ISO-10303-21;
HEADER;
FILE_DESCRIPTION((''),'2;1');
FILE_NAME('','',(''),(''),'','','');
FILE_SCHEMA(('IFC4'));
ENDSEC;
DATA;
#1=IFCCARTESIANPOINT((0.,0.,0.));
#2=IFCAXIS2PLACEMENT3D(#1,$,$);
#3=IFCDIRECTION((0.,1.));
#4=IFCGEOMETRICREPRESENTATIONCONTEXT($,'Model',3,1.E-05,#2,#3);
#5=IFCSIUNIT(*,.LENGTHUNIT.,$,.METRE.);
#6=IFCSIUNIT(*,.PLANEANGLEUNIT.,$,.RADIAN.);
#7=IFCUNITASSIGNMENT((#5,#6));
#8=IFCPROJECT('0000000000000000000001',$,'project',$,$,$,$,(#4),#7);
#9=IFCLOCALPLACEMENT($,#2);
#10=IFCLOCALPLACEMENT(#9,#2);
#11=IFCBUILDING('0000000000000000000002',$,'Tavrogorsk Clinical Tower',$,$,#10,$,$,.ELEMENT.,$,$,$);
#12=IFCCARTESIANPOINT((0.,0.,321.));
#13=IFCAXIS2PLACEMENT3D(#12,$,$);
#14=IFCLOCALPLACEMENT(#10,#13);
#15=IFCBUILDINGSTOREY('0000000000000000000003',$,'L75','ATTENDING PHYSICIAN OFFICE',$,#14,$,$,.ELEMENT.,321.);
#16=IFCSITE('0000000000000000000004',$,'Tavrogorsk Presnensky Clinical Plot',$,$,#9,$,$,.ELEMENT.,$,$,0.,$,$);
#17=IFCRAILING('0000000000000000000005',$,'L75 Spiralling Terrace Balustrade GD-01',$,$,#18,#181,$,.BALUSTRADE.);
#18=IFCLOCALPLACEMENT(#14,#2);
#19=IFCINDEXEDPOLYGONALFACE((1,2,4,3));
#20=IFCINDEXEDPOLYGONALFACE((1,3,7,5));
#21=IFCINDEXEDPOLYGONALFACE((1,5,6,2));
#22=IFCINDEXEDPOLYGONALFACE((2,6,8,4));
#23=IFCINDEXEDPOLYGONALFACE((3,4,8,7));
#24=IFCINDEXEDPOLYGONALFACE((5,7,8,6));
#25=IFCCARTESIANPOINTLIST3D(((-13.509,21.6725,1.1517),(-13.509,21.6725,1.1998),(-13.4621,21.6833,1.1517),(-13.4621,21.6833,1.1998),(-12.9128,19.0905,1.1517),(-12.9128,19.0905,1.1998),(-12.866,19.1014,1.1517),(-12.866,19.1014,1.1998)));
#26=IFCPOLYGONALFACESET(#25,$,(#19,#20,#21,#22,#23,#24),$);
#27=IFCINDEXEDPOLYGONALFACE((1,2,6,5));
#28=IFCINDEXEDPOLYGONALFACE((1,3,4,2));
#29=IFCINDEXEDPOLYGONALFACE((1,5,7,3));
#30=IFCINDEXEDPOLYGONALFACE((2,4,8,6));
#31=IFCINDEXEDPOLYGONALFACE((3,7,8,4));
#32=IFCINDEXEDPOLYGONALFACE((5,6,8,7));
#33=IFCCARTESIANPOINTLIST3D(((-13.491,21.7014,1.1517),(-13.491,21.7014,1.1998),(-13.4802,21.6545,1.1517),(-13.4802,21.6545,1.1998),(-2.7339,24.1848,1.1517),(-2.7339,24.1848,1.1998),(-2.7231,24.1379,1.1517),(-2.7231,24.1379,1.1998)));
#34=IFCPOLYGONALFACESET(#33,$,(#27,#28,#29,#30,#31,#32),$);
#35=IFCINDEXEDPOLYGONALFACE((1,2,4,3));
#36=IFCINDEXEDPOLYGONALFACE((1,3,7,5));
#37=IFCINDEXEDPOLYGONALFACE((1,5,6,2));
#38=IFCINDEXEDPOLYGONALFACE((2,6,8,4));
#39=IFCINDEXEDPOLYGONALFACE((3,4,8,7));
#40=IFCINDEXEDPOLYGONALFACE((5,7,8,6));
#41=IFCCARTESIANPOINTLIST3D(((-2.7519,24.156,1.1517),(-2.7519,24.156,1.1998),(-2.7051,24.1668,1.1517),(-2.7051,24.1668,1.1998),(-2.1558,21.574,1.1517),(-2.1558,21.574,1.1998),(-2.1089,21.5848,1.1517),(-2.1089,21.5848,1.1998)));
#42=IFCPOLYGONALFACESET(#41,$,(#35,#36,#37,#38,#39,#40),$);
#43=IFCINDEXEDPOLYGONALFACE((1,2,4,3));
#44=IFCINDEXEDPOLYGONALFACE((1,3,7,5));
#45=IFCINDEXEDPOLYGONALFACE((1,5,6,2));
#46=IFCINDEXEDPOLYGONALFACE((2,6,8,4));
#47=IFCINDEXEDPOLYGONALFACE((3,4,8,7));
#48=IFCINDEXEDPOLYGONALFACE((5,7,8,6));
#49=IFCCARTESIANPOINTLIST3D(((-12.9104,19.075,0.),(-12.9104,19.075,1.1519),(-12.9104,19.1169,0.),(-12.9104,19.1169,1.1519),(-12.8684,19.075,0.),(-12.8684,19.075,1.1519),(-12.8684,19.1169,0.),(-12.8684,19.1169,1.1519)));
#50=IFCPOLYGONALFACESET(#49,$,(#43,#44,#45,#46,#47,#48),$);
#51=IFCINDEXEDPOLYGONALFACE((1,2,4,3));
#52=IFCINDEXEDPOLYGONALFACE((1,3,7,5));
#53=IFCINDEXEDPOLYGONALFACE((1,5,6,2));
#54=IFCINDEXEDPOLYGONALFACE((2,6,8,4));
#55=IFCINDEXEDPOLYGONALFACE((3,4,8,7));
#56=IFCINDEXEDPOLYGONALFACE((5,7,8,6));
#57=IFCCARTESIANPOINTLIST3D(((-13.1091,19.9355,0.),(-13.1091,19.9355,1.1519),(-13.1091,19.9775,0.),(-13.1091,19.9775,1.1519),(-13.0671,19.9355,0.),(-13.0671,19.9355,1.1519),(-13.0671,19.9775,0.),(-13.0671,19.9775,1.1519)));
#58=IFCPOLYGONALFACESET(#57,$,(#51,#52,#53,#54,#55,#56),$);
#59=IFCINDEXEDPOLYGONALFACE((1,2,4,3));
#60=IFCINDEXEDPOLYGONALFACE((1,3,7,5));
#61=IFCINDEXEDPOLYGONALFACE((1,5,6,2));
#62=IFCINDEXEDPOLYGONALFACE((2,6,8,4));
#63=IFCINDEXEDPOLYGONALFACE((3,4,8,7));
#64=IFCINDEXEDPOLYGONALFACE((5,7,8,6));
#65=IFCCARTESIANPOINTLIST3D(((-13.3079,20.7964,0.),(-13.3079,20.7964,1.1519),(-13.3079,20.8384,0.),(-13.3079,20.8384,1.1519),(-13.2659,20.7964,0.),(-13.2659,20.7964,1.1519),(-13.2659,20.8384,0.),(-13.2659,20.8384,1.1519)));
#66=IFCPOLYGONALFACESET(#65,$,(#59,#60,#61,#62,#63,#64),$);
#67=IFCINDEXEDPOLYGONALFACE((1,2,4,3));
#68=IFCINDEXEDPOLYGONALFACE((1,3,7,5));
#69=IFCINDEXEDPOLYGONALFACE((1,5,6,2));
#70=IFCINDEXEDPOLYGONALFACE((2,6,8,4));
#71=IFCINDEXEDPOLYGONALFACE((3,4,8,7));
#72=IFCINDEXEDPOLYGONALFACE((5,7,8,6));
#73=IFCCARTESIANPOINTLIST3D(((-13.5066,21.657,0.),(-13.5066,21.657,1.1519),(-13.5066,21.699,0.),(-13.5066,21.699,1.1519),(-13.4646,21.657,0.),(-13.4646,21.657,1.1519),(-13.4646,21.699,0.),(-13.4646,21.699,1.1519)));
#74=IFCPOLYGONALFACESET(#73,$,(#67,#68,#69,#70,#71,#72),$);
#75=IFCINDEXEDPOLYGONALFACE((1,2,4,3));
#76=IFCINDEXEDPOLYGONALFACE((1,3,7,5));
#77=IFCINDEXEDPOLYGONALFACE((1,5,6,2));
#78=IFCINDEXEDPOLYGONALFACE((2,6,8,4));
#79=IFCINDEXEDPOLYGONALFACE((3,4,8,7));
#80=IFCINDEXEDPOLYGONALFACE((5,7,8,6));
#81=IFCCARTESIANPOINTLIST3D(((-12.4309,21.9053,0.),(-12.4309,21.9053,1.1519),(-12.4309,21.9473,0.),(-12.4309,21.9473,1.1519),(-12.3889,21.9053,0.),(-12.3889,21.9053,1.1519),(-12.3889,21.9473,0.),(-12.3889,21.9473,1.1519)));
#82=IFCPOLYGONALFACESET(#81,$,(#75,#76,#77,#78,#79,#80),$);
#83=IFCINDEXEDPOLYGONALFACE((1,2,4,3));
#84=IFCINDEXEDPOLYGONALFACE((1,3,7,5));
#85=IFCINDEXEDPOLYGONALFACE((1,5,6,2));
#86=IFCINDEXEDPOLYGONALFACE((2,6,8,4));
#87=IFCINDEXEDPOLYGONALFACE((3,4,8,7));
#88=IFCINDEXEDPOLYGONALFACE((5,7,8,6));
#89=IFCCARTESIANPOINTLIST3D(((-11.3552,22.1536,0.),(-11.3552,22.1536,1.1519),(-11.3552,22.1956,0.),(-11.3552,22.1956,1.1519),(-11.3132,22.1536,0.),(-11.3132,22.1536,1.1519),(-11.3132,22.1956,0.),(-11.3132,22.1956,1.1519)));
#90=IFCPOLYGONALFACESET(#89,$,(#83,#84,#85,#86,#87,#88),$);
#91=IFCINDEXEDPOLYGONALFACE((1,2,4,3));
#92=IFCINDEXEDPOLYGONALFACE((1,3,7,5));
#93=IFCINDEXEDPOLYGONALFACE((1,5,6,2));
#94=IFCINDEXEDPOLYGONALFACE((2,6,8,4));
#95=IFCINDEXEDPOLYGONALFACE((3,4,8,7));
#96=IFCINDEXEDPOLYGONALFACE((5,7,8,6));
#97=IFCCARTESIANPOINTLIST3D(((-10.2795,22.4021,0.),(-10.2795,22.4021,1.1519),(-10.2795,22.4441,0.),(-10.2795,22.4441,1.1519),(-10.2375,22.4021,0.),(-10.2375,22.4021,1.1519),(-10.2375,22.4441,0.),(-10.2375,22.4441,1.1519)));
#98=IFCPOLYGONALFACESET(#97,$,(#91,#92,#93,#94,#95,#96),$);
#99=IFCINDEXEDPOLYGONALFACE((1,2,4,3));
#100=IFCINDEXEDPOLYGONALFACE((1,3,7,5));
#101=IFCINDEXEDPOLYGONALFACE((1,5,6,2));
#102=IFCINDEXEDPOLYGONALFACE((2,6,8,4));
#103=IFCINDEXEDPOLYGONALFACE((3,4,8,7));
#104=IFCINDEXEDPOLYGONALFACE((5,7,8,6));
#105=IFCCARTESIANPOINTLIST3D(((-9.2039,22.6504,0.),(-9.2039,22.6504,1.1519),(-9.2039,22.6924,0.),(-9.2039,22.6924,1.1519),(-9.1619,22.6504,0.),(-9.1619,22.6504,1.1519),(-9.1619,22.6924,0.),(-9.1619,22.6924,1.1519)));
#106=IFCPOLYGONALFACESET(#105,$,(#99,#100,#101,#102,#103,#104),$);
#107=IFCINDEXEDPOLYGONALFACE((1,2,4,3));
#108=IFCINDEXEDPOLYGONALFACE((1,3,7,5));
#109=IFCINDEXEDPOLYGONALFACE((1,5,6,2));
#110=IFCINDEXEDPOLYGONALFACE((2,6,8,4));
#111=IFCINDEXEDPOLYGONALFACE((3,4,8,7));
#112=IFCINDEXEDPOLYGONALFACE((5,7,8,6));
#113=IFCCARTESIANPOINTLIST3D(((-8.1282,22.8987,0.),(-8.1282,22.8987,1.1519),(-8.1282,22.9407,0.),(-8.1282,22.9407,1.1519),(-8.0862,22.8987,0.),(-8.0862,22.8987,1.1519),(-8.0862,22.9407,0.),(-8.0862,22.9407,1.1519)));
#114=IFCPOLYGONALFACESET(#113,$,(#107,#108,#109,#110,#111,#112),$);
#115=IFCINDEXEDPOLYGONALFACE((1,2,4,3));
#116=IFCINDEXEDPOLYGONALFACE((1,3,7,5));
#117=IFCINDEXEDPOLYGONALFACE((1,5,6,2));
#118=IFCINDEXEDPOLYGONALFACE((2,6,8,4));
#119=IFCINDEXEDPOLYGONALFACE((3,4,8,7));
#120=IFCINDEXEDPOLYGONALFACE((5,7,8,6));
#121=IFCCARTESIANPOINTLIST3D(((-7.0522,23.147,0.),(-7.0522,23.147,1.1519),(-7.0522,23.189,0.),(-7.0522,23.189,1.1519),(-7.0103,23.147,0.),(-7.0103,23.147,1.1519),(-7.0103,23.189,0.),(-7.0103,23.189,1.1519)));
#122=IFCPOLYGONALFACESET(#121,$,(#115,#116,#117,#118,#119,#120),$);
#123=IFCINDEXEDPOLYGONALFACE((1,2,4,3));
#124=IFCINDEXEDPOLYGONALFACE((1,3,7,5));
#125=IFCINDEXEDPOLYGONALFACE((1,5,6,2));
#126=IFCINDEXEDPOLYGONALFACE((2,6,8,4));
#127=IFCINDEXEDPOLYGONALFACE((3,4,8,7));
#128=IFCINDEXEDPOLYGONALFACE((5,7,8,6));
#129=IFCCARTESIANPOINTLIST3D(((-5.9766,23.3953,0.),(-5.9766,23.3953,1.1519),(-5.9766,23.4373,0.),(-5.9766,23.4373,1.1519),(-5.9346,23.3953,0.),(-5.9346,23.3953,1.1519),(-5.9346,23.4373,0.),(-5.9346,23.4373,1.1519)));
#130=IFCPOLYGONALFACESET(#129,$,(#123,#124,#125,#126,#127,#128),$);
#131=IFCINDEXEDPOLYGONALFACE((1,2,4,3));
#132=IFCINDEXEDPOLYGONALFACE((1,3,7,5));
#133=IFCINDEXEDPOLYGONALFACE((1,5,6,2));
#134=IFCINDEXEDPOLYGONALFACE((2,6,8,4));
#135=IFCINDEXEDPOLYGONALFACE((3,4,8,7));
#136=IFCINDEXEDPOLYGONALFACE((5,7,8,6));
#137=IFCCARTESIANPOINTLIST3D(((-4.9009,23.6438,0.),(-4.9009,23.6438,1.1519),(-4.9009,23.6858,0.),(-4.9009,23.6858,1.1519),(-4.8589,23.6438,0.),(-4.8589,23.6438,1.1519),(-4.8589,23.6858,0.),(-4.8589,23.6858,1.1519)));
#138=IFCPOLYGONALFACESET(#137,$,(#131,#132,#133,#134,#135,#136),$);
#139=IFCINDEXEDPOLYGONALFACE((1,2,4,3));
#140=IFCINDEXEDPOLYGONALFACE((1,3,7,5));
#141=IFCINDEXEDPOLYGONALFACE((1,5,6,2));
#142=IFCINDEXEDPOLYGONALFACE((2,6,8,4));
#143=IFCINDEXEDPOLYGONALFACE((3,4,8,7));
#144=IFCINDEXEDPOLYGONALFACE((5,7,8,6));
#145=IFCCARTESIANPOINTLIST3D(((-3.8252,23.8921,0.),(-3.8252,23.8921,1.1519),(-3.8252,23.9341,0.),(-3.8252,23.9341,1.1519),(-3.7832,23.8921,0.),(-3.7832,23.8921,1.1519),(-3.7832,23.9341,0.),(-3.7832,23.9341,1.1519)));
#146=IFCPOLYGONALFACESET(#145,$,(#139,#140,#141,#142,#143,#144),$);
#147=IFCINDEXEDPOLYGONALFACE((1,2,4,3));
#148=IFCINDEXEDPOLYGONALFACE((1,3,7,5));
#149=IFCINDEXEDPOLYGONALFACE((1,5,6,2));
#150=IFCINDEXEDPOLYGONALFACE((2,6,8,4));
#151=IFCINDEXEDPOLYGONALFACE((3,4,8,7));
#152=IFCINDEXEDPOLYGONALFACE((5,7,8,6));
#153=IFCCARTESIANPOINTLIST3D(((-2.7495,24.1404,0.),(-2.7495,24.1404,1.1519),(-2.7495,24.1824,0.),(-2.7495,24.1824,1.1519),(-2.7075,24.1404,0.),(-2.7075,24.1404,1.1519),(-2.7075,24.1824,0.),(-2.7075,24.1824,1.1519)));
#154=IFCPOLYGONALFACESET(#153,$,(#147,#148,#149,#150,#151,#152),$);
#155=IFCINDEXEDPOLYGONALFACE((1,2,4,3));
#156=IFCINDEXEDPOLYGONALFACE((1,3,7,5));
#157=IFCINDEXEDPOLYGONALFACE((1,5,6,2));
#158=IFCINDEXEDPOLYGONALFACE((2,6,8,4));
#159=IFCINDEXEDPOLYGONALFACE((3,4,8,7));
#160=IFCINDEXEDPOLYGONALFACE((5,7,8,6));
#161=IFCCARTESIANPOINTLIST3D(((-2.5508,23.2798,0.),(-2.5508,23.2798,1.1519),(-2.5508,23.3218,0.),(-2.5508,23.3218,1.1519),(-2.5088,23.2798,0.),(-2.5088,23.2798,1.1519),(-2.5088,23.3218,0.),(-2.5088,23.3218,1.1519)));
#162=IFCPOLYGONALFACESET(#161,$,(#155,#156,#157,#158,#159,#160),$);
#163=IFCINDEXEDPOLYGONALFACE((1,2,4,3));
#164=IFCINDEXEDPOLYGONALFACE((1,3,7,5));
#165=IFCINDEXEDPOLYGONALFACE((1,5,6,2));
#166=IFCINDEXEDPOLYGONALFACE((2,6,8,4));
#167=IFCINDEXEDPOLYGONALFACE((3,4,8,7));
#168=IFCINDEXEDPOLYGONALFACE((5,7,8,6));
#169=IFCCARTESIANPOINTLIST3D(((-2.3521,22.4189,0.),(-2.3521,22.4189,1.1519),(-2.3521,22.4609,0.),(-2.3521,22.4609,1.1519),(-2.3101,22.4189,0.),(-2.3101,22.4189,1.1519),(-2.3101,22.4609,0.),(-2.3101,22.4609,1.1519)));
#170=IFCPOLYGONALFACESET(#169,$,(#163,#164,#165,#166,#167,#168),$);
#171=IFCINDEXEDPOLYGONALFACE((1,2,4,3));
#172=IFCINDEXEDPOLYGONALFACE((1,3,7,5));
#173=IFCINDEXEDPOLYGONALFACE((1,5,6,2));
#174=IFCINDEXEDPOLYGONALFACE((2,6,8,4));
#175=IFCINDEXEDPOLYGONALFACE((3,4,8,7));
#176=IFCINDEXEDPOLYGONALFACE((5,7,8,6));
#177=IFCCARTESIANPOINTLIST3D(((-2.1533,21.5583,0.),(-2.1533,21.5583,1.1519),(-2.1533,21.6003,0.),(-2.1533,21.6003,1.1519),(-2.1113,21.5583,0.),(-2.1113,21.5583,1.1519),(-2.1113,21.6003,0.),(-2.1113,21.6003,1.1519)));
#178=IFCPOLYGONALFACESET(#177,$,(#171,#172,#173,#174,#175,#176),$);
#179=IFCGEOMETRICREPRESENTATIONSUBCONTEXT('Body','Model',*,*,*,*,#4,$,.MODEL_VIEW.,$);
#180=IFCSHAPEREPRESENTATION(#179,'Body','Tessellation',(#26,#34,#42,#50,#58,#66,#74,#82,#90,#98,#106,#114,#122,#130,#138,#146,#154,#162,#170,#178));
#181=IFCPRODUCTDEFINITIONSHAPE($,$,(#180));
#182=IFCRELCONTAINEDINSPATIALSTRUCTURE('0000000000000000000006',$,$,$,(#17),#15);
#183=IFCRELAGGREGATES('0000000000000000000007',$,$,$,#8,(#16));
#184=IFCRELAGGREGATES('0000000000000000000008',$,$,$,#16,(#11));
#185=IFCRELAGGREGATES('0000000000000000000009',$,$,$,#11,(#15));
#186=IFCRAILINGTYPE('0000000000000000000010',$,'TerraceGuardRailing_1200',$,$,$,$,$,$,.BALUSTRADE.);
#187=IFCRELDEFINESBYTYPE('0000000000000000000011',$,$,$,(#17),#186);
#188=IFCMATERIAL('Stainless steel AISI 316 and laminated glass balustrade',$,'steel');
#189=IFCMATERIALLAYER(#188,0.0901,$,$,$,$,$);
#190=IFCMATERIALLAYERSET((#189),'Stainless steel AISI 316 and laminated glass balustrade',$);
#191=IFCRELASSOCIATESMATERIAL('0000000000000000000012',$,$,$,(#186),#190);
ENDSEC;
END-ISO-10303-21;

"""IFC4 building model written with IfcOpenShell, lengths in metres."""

from ifc_helpers import new_model, si_unit, direction, frame, origin, origin_2d, place, context, subcontext, project, spatial, rectangle, extrude, material, layer, layer_set, type_object, element, save


model = new_model("IFC4")

# Units and contexts
model_context = context("Model", 3, precision=1e-05, world=origin(), true_north=direction((0.0, 1.0)))
body_context = subcontext(model_context, "Body", "Model", "MODEL_VIEW")
ifc_project = project(units=[si_unit("LENGTHUNIT", "METRE"), si_unit("PLANEANGLEUNIT", "RADIAN")], contexts=[model_context])

# Site, building, storey
site_placement = place(None, origin())
site = spatial("IfcSite", under=ifc_project, at=site_placement, Name="Tavrogorsk Presnensky Clinical Plot", CompositionType="ELEMENT", RefElevation=0.0)
building_placement = place(site_placement, origin())
building = spatial("IfcBuilding", under=site, at=building_placement, Name="Tavrogorsk Clinical Tower", CompositionType="ELEMENT")
storey_placement = place(building_placement, frame((0.0, 0.0, 321.0)))
storey = spatial("IfcBuildingStorey", under=building, at=storey_placement, Name="L75", Description="ATTENDING PHYSICIAN OFFICE", CompositionType="ELEMENT", Elevation=321.0)

# Railing
ifc_material_1 = material(Name="Stainless steel AISI 316 and laminated glass balustrade", Category="steel")
ifc_layer_1 = layer(ifc_material_1, 0.0901)
ifc_layer_set_1 = layer_set([ifc_layer_1], Name="Stainless steel AISI 316 and laminated glass balustrade")
railing_type = type_object("IfcRailingType", Name="TerraceGuardRailing_1200", PredefinedType="BALUSTRADE", material=ifc_layer_set_1)
railing_placement = place(storey_placement, frame((-12.8894, 19.0959, 0.0)))
element("IfcRailing", 1, at=railing_placement, inside=storey, type_object=railing_type, Name="L75 Spiralling Terrace Balustrade GD-01", PredefinedType="BALUSTRADE", context=body_context, shape_type="SweptSolid", body=[
    extrude(rectangle(XDim=0.0481, YDim=0.0481, at=origin_2d()), frame((0.0, 0.0, 1.1758), z_axis=(-0.224981, 0.974363, 0.0), x_axis=(-0.974363, -0.224981, 0.0)), (0.0, 0.0, 1.0), 2.6499),
    extrude(rectangle(XDim=0.0481, YDim=0.0481, at=origin_2d()), frame((-0.5962, 2.582, 1.1758), z_axis=(0.974371, 0.224945, 0.0), x_axis=(-0.224945, 0.974371, 0.0)), (0.0, 0.0, 1.0), 11.04),
    extrude(rectangle(XDim=0.0481, YDim=0.0481, at=origin_2d()), frame((10.1609, 5.0654, 1.1758), z_axis=(0.224981, -0.974363, 0.0), x_axis=(0.974363, 0.224981, 0.0)), (0.0, 0.0, 1.0), 2.6499),
    extrude(rectangle(XDim=0.042, YDim=0.042, at=origin_2d()), origin(), (0.0, 0.0, 1.0), 1.1519),
    extrude(rectangle(XDim=0.042, YDim=0.042, at=origin_2d()), frame((-0.1987, 0.8606, 0.0)), (0.0, 0.0, 1.0), 1.1519),
    extrude(rectangle(XDim=0.042, YDim=0.042, at=origin_2d()), frame((-0.3975, 1.7214, 0.0)), (0.0, 0.0, 1.0), 1.1519),
    extrude(rectangle(XDim=0.042, YDim=0.042, at=origin_2d()), frame((-0.5962, 2.582, 0.0)), (0.0, 0.0, 1.0), 1.1519),
    extrude(rectangle(XDim=0.042, YDim=0.042, at=origin_2d()), frame((0.4795, 2.8303, 0.0)), (0.0, 0.0, 1.0), 1.1519),
    extrude(rectangle(XDim=0.042, YDim=0.042, at=origin_2d()), frame((1.5552, 3.0786, 0.0)), (0.0, 0.0, 1.0), 1.1519),
    extrude(rectangle(XDim=0.042, YDim=0.042, at=origin_2d()), frame((2.6309, 3.3271, 0.0)), (0.0, 0.0, 1.0), 1.1519),
    extrude(rectangle(XDim=0.042, YDim=0.042, at=origin_2d()), frame((3.7065, 3.5754, 0.0)), (0.0, 0.0, 1.0), 1.1519),
    extrude(rectangle(XDim=0.042, YDim=0.042, at=origin_2d()), frame((4.7822, 3.8237, 0.0)), (0.0, 0.0, 1.0), 1.1519),
    extrude(rectangle(XDim=0.042, YDim=0.042, at=origin_2d()), frame((5.8582, 4.072, 0.0)), (0.0, 0.0, 1.0), 1.1519),
    extrude(rectangle(XDim=0.042, YDim=0.042, at=origin_2d()), frame((6.9338, 4.3203, 0.0)), (0.0, 0.0, 1.0), 1.1519),
    extrude(rectangle(XDim=0.042, YDim=0.042, at=origin_2d()), frame((8.0095, 4.5688, 0.0)), (0.0, 0.0, 1.0), 1.1519),
    extrude(rectangle(XDim=0.042, YDim=0.042, at=origin_2d()), frame((9.0852, 4.8171, 0.0)), (0.0, 0.0, 1.0), 1.1519),
    extrude(rectangle(XDim=0.042, YDim=0.042, at=origin_2d()), frame((10.1609, 5.0654, 0.0)), (0.0, 0.0, 1.0), 1.1519),
    extrude(rectangle(XDim=0.042, YDim=0.042, at=origin_2d()), frame((10.3596, 4.2048, 0.0)), (0.0, 0.0, 1.0), 1.1519),
    extrude(rectangle(XDim=0.042, YDim=0.042, at=origin_2d()), frame((10.5583, 3.344, 0.0)), (0.0, 0.0, 1.0), 1.1519),
    extrude(rectangle(XDim=0.042, YDim=0.042, at=origin_2d()), frame((10.7571, 2.4834, 0.0)), (0.0, 0.0, 1.0), 1.1519),
])

save(model, "model.ifc")
